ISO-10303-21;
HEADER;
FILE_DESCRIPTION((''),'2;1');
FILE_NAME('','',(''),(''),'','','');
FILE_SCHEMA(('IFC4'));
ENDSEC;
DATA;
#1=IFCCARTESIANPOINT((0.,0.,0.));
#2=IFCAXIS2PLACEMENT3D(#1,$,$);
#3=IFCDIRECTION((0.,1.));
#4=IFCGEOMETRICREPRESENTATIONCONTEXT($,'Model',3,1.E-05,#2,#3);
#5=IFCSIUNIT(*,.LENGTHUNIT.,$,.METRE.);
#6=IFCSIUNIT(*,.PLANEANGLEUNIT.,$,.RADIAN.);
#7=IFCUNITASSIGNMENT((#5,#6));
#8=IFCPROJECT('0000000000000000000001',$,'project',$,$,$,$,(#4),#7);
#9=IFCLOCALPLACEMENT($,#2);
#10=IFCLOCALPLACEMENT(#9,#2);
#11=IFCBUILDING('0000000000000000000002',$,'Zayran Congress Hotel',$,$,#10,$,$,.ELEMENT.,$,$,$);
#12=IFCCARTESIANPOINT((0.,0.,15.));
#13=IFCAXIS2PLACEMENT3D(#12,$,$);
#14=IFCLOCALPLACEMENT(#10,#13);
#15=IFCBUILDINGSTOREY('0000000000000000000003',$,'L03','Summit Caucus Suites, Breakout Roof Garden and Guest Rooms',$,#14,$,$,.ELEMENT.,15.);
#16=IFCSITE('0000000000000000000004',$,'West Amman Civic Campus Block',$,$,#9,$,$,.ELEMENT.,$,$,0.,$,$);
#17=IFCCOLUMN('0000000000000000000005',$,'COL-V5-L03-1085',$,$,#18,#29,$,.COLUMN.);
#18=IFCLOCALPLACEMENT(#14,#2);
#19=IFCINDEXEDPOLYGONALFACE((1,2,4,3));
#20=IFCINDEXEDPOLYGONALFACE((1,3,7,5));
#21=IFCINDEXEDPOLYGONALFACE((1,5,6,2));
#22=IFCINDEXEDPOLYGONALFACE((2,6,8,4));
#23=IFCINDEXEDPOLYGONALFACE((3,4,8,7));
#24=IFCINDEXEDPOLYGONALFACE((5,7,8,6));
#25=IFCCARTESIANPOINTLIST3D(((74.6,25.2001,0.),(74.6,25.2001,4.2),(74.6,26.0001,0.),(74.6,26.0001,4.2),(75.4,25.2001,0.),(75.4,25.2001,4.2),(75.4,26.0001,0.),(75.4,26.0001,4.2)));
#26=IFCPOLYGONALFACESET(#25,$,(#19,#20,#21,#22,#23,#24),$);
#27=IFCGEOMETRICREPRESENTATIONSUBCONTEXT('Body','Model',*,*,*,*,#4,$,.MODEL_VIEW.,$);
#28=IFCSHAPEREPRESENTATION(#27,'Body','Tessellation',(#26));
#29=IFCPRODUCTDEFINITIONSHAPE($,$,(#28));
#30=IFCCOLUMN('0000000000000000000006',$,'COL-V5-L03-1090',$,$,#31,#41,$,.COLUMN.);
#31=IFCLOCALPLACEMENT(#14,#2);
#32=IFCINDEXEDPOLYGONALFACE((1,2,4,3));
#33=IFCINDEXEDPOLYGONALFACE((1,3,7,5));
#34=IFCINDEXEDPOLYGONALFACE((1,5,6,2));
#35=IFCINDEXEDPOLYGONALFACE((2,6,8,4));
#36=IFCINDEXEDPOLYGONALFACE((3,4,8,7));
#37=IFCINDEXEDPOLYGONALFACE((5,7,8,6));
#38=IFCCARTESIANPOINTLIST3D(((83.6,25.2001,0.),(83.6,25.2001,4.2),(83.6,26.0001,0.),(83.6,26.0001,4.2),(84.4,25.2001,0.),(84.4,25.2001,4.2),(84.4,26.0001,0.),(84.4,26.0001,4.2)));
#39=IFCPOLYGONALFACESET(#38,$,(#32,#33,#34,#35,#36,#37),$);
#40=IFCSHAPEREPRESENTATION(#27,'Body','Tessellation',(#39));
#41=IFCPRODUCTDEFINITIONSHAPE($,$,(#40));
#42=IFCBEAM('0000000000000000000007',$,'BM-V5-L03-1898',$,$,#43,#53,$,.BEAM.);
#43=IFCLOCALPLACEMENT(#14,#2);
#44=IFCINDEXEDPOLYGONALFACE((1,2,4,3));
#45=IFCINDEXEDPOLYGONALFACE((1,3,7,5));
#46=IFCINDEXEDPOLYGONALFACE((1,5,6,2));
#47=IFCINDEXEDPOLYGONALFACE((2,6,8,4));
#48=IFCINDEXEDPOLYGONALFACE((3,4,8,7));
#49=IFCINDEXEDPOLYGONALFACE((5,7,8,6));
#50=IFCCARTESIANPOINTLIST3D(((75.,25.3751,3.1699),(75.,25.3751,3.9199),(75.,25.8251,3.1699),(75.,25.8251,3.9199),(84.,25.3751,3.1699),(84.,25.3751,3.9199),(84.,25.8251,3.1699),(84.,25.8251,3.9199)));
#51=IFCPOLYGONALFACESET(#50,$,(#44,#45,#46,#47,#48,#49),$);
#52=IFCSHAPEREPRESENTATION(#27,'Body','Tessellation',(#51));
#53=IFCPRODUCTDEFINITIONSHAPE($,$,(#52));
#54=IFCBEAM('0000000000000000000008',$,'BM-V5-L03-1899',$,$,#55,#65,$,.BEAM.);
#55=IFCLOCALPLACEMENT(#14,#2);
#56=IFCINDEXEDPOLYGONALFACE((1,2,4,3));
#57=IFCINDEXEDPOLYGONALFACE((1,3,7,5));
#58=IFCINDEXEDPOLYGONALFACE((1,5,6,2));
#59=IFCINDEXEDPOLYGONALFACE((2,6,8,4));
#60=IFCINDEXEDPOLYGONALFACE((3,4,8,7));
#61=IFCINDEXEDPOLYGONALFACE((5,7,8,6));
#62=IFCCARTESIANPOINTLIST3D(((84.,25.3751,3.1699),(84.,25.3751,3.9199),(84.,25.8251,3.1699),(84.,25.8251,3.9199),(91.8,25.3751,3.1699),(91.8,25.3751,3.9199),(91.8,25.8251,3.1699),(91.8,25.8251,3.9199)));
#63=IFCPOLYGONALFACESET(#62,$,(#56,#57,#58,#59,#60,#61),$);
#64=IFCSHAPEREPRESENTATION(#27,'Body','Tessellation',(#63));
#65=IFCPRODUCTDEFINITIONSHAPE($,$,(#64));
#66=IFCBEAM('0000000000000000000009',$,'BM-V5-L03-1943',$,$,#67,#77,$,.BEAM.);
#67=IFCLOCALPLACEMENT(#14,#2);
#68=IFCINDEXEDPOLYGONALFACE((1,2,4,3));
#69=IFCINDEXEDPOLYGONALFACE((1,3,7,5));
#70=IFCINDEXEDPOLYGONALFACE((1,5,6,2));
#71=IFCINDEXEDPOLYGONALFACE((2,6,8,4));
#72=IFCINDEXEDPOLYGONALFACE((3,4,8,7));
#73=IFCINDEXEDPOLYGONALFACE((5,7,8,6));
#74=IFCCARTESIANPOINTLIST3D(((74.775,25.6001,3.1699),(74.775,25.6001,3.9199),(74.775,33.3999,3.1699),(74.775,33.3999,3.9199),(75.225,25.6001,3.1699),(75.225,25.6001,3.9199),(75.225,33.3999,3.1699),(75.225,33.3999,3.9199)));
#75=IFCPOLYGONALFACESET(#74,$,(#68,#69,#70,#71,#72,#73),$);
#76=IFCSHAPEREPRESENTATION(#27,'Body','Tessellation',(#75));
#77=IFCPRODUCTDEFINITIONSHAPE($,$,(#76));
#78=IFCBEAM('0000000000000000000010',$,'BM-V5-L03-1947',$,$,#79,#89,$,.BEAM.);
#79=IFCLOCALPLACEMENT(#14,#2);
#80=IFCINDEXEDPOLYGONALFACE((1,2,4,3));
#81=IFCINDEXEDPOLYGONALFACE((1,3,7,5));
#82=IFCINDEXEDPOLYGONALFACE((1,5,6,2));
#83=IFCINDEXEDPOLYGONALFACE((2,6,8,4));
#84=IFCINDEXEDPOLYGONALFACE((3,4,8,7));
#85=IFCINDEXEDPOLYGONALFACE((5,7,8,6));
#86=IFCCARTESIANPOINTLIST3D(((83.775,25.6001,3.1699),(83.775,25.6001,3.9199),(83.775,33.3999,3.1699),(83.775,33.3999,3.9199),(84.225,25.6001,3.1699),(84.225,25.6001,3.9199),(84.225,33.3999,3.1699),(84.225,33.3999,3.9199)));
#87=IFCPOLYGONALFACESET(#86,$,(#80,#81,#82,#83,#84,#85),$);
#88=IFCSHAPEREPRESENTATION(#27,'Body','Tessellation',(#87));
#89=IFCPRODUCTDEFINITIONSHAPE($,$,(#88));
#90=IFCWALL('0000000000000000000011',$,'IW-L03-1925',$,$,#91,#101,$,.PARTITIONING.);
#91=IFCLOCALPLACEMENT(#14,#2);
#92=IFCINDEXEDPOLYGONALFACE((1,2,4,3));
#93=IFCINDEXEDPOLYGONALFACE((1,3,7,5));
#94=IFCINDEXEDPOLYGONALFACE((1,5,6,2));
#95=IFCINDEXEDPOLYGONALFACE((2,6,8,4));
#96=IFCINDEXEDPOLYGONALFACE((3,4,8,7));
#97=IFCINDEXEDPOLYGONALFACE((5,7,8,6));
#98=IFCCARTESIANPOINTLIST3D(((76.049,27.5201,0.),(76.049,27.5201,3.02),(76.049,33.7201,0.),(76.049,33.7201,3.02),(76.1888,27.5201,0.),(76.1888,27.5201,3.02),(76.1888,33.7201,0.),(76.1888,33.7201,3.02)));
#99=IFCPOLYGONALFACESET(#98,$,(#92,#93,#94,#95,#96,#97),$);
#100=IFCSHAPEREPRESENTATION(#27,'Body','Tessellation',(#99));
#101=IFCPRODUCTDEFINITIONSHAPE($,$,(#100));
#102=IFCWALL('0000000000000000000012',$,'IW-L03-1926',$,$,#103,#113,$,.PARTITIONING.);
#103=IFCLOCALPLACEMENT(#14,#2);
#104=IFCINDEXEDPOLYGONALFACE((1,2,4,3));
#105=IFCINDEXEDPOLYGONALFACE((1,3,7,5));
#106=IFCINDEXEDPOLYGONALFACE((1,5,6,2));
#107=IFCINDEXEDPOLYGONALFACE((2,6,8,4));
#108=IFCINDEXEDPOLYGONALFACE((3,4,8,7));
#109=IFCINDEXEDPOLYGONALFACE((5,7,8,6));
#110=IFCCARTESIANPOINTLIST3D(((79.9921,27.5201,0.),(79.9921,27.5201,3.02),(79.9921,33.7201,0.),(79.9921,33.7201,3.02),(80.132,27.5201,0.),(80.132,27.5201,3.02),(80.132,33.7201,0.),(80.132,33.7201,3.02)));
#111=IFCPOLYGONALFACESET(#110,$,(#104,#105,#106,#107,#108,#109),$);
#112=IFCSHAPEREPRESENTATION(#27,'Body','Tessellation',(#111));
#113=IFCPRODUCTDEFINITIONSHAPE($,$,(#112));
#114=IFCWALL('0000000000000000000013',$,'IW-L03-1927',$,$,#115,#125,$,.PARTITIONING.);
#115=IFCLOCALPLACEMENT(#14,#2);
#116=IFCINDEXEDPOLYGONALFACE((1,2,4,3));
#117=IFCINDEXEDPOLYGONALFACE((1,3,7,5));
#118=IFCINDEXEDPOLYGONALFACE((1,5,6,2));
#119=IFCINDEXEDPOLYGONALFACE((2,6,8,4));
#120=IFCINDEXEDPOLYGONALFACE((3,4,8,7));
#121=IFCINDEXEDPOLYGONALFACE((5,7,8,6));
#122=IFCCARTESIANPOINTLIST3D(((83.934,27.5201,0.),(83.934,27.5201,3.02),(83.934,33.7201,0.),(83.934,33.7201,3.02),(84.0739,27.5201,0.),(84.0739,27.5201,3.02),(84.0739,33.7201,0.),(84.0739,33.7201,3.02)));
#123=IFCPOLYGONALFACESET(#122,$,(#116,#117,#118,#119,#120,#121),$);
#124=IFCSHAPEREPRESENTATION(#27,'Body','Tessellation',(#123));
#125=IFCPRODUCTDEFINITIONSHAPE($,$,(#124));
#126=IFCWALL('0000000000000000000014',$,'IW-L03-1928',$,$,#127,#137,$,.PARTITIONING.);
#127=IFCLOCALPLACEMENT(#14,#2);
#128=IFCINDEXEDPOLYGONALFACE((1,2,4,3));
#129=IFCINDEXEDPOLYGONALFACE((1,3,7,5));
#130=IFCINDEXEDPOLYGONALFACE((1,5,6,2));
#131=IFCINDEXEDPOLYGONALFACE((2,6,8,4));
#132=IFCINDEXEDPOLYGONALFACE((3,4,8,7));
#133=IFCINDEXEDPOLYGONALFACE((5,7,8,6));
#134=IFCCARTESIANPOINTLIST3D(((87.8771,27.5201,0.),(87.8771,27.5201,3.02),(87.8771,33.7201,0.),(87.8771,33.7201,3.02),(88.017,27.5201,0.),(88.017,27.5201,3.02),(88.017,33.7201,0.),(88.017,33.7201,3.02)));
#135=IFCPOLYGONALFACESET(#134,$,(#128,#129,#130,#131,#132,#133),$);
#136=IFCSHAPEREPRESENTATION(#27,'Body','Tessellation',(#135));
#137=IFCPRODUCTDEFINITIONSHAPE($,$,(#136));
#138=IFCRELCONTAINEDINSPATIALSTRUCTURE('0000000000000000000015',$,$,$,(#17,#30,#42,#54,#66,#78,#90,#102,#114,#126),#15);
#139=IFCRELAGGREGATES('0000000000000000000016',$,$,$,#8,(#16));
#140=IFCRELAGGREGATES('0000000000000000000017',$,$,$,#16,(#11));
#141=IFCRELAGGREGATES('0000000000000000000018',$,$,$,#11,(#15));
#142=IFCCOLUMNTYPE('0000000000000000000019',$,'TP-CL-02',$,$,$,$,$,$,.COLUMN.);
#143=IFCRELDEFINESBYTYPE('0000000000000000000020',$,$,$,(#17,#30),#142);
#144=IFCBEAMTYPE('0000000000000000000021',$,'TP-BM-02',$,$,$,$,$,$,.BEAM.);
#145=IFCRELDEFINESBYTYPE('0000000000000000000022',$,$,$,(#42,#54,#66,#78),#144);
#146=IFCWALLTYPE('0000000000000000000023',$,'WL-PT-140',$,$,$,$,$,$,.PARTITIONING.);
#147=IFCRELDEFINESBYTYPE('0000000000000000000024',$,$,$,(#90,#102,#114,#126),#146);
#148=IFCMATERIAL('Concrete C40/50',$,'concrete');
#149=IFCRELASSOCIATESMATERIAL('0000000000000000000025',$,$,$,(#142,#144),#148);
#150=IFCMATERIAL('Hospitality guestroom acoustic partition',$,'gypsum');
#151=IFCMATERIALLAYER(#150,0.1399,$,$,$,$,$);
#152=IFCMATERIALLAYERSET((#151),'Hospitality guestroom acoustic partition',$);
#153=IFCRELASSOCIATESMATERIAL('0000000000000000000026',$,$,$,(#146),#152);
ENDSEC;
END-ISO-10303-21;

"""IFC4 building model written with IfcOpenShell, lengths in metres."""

from ifc_helpers import new_model, si_unit, direction, frame, frame_2d, origin, origin_2d, place, context, subcontext, project, spatial, rectangle, extrude, material, layer, layer_set, material_profile, profile_set, type_object, element, save


model = new_model("IFC4")

# Units and contexts
model_context = context("Model", 3, precision=1e-05, world=origin(), true_north=direction((0.0, 1.0)))
body_context = subcontext(model_context, "Body", "Model", "MODEL_VIEW")
ifc_project = project(units=[si_unit("LENGTHUNIT", "METRE"), si_unit("PLANEANGLEUNIT", "RADIAN")], contexts=[model_context])

# Site, building, storey
site_placement = place(None, origin())
site = spatial("IfcSite", under=ifc_project, at=site_placement, Name="West Amman Civic Campus Block", CompositionType="ELEMENT", RefElevation=0.0)
building_placement = place(site_placement, origin())
building = spatial("IfcBuilding", under=site, at=building_placement, Name="Zayran Congress Hotel", CompositionType="ELEMENT")
storey_placement = place(building_placement, frame((0.0, 0.0, 15.0)))
storey = spatial("IfcBuildingStorey", under=building, at=storey_placement, Name="L03", Description="Summit Caucus Suites, Breakout Roof Garden and Guest Rooms", CompositionType="ELEMENT", Elevation=15.0)

# Columns
ifc_material_1 = material(Name="Concrete C40/50", Category="concrete")
ifc_material_profile_1 = material_profile(ifc_material_1, rectangle(XDim=0.8, YDim=0.8, at=origin_2d()), Name="RC 800x800")
ifc_profile_set_1 = profile_set([ifc_material_profile_1], Name="Concrete C40/50")
column_type = type_object("IfcColumnType", Name="TP-CL-02", PredefinedType="COLUMN", material=ifc_profile_set_1)
for number, where, z_axis, x_axis, name in (
    (1, (75.0, 25.6001, 0.0), (0.0, 0.0, 1.0), (1.0, 0.0, 0.0), "COL-V5-L03-1085"),
    (2, (84.0, 25.6001, 0.0), (0.0, 0.0, 1.0), (1.0, 0.0, 0.0), "COL-V5-L03-1090"),
):
    element("IfcColumn", number, at=place(storey_placement, frame(where, z_axis=z_axis, x_axis=x_axis)), inside=storey, type_object=column_type, Name=name, PredefinedType="COLUMN", context=body_context, shape_type="SweptSolid", body=[
        extrude(rectangle(XDim=0.8, YDim=0.8, at=origin_2d()), origin(), (0.0, 0.0, 1.0), 4.2),
    ])

# Beams
ifc_material_profile_2 = material_profile(ifc_material_1, rectangle(XDim=0.45, YDim=0.75, at=origin_2d()), Name="RC 450x750")
ifc_profile_set_2 = profile_set([ifc_material_profile_2], Name="Concrete C40/50")
beam_type = type_object("IfcBeamType", Name="TP-BM-02", PredefinedType="BEAM", material=ifc_profile_set_2)
beam_1_placement = place(storey_placement, frame((75.0, 25.6001, 3.5449), z_axis=(1.0, 0.0, 0.0), x_axis=(0.0, 1.0, 0.0)))
element("IfcBeam", 3, at=beam_1_placement, inside=storey, type_object=beam_type, Name="BM-V5-L03-1898", PredefinedType="BEAM", context=body_context, shape_type="SweptSolid", body=[
    extrude(rectangle(XDim=0.45, YDim=0.75, at=origin_2d()), origin(), (0.0, 0.0, 1.0), 9.0),
])
beam_2_placement = place(storey_placement, frame((84.0, 25.6001, 3.5449), z_axis=(1.0, 0.0, 0.0), x_axis=(0.0, 1.0, 0.0)))
element("IfcBeam", 4, at=beam_2_placement, inside=storey, type_object=beam_type, Name="BM-V5-L03-1899", PredefinedType="BEAM", context=body_context, shape_type="SweptSolid", body=[
    extrude(rectangle(XDim=0.45, YDim=0.75, at=origin_2d()), origin(), (0.0, 0.0, 1.0), 7.8),
])
for number, where, z_axis, x_axis, name in (
    (5, (75.0, 25.6001, 3.5449), (0.0, 1.0, 0.0), (-1.0, 0.0, 0.0), "BM-V5-L03-1943"),
    (6, (84.0, 25.6001, 3.5449), (0.0, 1.0, 0.0), (-1.0, 0.0, 0.0), "BM-V5-L03-1947"),
):
    element("IfcBeam", number, at=place(storey_placement, frame(where, z_axis=z_axis, x_axis=x_axis)), inside=storey, type_object=beam_type, Name=name, PredefinedType="BEAM", context=body_context, shape_type="SweptSolid", body=[
        extrude(rectangle(XDim=0.45, YDim=0.75, at=origin_2d()), origin(), (0.0, 0.0, 1.0), 7.7998),
    ])

# Walls
ifc_material_2 = material(Name="Hospitality guestroom acoustic partition", Category="gypsum")
ifc_layer_1 = layer(ifc_material_2, 0.1399)
ifc_layer_set_1 = layer_set([ifc_layer_1], Name="Hospitality guestroom acoustic partition")
wall_type_1 = type_object("IfcWallType", Name="WL-PT-140", PredefinedType="PARTITIONING", material=ifc_layer_set_1)
for number, where, z_axis, x_axis, name in (
    (7, (76.1189, 27.52, 0.0), (0.0, 0.0, 1.0), (0.0, 1.0, 0.0), "IW-L03-1925"),
    (8, (80.062, 27.52, 0.0), (0.0, 0.0, 1.0), (0.0, 1.0, 0.0), "IW-L03-1926"),
    (9, (84.0039, 27.52, 0.0), (0.0, 0.0, 1.0), (0.0, 1.0, 0.0), "IW-L03-1927"),
    (10, (87.947, 27.52, 0.0), (0.0, 0.0, 1.0), (0.0, 1.0, 0.0), "IW-L03-1928"),
):
    element("IfcWall", number, at=place(storey_placement, frame(where, z_axis=z_axis, x_axis=x_axis)), inside=storey, type_object=wall_type_1, Name=name, PredefinedType="PARTITIONING", context=body_context, shape_type="SweptSolid", body=[
        extrude(rectangle(XDim=6.2, YDim=0.1399, at=frame_2d((3.1001, 0.0))), origin(), (0.0, 0.0, 1.0), 3.02),
    ])

save(model, "model.ifc")
